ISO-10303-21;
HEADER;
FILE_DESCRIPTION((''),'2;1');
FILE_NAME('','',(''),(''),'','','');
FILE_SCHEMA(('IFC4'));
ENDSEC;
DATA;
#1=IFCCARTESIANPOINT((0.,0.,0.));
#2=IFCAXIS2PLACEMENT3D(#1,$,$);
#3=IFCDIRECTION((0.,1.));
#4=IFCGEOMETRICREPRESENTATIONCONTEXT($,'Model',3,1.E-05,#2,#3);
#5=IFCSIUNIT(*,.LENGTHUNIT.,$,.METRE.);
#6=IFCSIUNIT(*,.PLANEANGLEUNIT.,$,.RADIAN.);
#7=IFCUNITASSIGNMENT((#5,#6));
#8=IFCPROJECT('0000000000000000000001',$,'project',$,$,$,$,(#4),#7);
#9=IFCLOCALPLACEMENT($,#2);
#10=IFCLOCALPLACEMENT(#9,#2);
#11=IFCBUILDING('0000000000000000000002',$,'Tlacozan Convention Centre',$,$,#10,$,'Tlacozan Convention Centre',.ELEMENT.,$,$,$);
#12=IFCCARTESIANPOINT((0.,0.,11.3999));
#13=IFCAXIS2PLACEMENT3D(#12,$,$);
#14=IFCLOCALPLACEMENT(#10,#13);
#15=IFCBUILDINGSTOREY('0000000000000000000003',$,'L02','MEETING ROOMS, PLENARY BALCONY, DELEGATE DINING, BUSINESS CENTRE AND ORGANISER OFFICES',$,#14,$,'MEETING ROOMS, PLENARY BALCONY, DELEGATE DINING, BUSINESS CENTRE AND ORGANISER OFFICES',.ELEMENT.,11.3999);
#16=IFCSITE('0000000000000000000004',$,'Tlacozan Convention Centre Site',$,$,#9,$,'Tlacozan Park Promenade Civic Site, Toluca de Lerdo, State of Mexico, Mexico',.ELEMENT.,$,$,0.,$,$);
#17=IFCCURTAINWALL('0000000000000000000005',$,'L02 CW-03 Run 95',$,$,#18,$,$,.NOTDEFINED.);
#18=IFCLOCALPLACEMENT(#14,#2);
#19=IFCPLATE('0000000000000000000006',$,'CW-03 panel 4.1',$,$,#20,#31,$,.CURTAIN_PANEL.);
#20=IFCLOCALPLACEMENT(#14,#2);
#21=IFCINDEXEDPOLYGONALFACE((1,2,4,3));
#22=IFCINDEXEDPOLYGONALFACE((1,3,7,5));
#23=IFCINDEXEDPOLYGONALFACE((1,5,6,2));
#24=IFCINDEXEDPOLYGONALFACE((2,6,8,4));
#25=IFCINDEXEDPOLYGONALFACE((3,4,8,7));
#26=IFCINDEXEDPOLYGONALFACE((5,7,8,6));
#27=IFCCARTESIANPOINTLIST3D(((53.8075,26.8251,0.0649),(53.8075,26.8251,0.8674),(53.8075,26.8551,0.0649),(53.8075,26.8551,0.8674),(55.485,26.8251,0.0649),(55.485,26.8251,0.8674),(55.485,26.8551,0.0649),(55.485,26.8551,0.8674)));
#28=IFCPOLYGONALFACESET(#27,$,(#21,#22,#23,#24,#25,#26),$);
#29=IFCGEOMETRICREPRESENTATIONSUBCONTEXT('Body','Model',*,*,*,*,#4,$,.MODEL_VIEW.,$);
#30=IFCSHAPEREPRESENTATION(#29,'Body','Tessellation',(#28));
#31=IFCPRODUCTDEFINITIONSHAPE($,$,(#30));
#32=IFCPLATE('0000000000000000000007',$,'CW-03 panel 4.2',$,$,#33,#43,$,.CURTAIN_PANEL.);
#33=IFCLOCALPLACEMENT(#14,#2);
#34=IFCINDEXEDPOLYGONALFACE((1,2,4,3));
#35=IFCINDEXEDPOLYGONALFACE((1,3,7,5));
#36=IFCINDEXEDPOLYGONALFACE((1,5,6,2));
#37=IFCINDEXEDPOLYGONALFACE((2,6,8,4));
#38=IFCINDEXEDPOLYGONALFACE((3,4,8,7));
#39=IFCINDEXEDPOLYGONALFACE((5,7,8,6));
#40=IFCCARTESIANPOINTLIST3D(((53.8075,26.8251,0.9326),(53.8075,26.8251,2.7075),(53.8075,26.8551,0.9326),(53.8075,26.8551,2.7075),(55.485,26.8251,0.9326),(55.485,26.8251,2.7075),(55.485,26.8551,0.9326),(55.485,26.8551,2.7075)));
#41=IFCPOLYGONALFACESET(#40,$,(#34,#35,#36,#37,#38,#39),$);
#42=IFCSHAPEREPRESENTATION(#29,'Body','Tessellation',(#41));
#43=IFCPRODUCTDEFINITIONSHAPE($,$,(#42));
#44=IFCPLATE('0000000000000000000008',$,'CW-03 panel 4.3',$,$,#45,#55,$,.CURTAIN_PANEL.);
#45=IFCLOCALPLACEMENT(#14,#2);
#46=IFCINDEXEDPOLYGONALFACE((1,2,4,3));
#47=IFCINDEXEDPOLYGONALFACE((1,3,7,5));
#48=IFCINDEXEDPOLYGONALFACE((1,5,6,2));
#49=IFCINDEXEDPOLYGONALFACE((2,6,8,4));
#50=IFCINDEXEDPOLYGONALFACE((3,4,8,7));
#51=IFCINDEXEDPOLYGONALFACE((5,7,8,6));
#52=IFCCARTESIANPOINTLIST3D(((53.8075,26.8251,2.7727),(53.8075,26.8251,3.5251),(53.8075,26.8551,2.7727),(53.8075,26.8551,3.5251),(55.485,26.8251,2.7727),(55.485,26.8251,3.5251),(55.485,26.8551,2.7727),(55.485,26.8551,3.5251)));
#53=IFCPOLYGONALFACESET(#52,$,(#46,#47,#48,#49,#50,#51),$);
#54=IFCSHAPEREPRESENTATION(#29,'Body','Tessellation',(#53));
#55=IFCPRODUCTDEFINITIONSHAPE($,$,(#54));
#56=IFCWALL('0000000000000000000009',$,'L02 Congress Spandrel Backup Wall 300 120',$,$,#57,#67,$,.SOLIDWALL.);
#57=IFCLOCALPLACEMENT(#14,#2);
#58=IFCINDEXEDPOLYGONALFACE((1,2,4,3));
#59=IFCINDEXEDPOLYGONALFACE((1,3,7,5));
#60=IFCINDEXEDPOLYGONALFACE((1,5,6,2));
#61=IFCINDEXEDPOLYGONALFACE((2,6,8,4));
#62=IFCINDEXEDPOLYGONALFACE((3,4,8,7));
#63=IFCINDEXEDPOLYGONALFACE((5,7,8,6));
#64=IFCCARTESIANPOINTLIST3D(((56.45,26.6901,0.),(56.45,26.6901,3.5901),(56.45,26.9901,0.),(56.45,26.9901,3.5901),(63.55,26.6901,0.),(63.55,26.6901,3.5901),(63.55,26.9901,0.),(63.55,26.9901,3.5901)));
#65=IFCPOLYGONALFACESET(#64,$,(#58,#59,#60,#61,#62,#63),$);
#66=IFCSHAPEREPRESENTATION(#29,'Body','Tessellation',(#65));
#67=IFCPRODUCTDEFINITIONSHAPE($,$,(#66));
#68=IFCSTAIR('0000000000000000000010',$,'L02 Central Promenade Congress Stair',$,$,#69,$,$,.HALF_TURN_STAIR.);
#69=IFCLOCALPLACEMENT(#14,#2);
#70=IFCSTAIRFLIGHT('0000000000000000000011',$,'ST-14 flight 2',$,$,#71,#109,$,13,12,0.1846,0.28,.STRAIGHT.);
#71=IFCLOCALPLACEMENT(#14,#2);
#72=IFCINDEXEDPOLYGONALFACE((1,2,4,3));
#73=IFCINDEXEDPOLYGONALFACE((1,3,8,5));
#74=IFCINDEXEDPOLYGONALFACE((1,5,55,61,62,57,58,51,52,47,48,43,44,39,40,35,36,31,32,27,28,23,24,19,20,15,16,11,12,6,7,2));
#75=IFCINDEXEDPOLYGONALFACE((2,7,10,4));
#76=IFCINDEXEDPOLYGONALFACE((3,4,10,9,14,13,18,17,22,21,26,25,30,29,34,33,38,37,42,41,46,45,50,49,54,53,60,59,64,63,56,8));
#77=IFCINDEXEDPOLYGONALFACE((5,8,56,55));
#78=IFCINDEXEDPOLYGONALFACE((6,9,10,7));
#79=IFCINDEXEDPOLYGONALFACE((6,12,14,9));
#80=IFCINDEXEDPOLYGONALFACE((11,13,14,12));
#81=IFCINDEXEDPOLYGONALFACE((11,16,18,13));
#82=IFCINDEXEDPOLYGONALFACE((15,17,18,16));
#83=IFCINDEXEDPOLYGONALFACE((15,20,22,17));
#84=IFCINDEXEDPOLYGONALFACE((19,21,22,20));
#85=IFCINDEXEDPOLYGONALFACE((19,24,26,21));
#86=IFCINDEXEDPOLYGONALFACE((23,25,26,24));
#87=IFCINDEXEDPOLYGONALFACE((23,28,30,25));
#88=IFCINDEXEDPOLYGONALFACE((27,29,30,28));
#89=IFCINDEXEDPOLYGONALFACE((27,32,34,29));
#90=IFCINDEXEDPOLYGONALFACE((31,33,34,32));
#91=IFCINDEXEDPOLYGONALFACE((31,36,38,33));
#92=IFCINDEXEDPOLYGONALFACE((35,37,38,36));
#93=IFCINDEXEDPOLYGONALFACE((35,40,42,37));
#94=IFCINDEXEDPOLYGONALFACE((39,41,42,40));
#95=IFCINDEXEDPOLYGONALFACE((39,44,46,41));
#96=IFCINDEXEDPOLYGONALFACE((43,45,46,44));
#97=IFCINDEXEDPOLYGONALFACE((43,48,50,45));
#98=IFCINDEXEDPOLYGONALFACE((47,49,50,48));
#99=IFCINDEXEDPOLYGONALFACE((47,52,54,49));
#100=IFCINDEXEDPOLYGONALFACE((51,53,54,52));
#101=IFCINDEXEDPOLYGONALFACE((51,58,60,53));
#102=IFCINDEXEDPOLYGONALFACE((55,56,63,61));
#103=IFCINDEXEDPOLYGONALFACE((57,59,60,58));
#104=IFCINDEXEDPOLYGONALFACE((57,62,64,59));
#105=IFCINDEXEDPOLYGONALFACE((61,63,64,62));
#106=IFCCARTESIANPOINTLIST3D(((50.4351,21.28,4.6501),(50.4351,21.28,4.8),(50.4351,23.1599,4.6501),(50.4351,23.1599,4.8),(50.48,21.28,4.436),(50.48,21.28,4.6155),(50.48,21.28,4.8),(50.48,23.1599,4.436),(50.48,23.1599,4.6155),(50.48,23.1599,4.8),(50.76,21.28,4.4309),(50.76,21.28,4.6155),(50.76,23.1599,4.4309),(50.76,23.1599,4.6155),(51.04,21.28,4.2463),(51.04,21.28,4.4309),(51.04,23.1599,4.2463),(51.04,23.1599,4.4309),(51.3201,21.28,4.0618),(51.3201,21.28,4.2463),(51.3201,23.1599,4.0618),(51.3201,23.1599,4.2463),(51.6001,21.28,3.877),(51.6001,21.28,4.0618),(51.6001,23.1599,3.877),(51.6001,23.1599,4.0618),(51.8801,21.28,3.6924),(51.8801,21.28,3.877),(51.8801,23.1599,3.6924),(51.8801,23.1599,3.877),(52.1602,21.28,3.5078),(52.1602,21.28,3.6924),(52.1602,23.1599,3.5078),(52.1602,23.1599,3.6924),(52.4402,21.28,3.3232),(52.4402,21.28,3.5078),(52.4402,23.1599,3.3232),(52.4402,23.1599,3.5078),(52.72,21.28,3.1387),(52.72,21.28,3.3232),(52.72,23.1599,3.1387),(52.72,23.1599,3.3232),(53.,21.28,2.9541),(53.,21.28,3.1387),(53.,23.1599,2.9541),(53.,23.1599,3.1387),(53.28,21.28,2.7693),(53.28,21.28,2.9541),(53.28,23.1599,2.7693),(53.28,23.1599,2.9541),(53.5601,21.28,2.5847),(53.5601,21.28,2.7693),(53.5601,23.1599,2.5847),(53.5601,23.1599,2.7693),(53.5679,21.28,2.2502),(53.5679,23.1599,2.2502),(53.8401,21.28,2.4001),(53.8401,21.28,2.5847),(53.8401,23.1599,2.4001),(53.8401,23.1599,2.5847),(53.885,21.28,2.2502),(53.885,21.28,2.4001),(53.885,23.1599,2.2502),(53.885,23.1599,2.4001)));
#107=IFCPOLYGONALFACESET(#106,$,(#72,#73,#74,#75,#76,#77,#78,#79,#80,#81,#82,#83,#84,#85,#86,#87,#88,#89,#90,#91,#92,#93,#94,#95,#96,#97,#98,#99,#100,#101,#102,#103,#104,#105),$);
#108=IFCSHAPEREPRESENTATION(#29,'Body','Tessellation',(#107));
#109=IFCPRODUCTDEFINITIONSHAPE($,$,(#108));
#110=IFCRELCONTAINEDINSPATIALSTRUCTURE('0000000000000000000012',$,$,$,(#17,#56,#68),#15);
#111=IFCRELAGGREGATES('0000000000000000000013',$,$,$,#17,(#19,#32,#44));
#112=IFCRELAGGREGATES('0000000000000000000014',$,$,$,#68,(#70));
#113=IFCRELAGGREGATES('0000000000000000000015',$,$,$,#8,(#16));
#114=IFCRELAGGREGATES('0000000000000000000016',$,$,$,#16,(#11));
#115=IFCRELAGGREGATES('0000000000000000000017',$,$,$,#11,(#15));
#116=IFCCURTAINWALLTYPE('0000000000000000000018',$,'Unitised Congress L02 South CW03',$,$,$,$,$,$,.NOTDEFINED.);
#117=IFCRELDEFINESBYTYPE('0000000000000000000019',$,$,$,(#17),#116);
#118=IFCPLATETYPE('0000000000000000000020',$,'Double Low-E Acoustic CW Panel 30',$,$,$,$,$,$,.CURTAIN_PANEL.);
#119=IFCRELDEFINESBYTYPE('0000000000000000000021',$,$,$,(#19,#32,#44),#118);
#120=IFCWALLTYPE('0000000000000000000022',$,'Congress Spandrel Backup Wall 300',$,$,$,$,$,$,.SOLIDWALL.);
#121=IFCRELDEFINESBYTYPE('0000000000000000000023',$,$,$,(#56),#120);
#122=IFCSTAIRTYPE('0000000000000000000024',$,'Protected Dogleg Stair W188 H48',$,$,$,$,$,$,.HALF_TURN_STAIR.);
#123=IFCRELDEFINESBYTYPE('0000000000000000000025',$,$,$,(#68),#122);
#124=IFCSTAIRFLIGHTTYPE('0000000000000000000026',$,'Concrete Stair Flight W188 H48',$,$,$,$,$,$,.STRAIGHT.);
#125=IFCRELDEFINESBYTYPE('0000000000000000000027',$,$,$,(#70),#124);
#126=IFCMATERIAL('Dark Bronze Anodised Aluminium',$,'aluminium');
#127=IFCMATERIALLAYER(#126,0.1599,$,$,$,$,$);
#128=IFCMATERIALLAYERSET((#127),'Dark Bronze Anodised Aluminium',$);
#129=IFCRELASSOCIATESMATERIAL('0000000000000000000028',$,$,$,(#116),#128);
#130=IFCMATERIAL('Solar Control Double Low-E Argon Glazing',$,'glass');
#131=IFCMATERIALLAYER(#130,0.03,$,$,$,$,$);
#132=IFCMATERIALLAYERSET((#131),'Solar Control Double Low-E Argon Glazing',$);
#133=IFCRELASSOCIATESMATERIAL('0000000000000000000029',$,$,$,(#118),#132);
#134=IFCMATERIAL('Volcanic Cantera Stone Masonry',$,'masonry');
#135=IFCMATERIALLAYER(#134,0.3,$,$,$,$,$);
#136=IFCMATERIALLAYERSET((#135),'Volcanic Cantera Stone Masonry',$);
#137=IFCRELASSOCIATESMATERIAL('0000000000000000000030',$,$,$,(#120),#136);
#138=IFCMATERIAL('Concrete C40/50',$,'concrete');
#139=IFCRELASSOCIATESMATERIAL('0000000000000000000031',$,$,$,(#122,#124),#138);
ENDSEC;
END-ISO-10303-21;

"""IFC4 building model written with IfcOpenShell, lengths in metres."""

from ifc_helpers import new_model, si_unit, direction, frame, frame_2d, origin, origin_2d, place, context, subcontext, project, spatial, polyline, rectangle, outline, extrude, material, layer, layer_set, type_object, element, aggregate, save


model = new_model("IFC4")

# Units and contexts
model_context = context("Model", 3, precision=1e-05, world=origin(), true_north=direction((0.0, 1.0)))
body_context = subcontext(model_context, "Body", "Model", "MODEL_VIEW")
ifc_project = project(units=[si_unit("LENGTHUNIT", "METRE"), si_unit("PLANEANGLEUNIT", "RADIAN")], contexts=[model_context])

# Site, building, storey
site_placement = place(None, origin())
site = spatial("IfcSite", under=ifc_project, at=site_placement, Name="Tlacozan Convention Centre Site", LongName="Tlacozan Park Promenade Civic Site, Toluca de Lerdo, State of Mexico, Mexico", CompositionType="ELEMENT", RefElevation=0.0)
building_placement = place(site_placement, origin())
building = spatial("IfcBuilding", under=site, at=building_placement, Name="Tlacozan Convention Centre", LongName="Tlacozan Convention Centre", CompositionType="ELEMENT")
storey_placement = place(building_placement, frame((0.0, 0.0, 11.3999)))
storey = spatial("IfcBuildingStorey", under=building, at=storey_placement, Name="L02", Description="MEETING ROOMS, PLENARY BALCONY, DELEGATE DINING, BUSINESS CENTRE AND ORGANISER OFFICES", LongName="MEETING ROOMS, PLENARY BALCONY, DELEGATE DINING, BUSINESS CENTRE AND ORGANISER OFFICES", CompositionType="ELEMENT", Elevation=11.3999)

# Shared definitions
ifc_material_1 = material(Name="Concrete C40/50", Category="concrete")

# Curtain wall
ifc_material_2 = material(Name="Dark Bronze Anodised Aluminium", Category="aluminium")
ifc_layer_1 = layer(ifc_material_2, 0.1599)
ifc_layer_set_1 = layer_set([ifc_layer_1], Name="Dark Bronze Anodised Aluminium")
curtain_wall_type = type_object("IfcCurtainWallType", Name="Unitised Congress L02 South CW03", PredefinedType="NOTDEFINED", material=ifc_layer_set_1)
curtain_wall_placement = place(storey_placement, origin())
curtain_wall = element("IfcCurtainWall", 1, at=curtain_wall_placement, inside=storey, type_object=curtain_wall_type, Name="L02 CW-03 Run 95", PredefinedType="NOTDEFINED")

# Plates
ifc_material_3 = material(Name="Solar Control Double Low-E Argon Glazing", Category="glass")
ifc_layer_2 = layer(ifc_material_3, 0.03)
ifc_layer_set_2 = layer_set([ifc_layer_2], Name="Solar Control Double Low-E Argon Glazing")
plate_type = type_object("IfcPlateType", Name="Double Low-E Acoustic CW Panel 30", PredefinedType="CURTAIN_PANEL", material=ifc_layer_set_2)
plate_1_placement = place(storey_placement, frame((54.6462, 26.8401, 0.0649), z_axis=(0.0, 0.0, 1.0), x_axis=(1.0, 0.0, 0.0)))
plate_1 = element("IfcPlate", 2, at=plate_1_placement, type_object=plate_type, Name="CW-03 panel 4.1", PredefinedType="CURTAIN_PANEL", context=body_context, shape_type="SweptSolid", body=[
    extrude(rectangle(XDim=1.6775, YDim=0.03, at=origin_2d()), origin(), (0.0, 0.0, 1.0), 0.8025),
])
plate_2_placement = place(storey_placement, frame((54.6462, 26.8401, 0.9326), z_axis=(0.0, 0.0, 1.0), x_axis=(1.0, 0.0, 0.0)))
plate_2 = element("IfcPlate", 3, at=plate_2_placement, type_object=plate_type, Name="CW-03 panel 4.2", PredefinedType="CURTAIN_PANEL", context=body_context, shape_type="SweptSolid", body=[
    extrude(rectangle(XDim=1.6775, YDim=0.03, at=origin_2d()), origin(), (0.0, 0.0, 1.0), 1.7749),
])
plate_3_placement = place(storey_placement, frame((54.6462, 26.8401, 2.7727), z_axis=(0.0, 0.0, 1.0), x_axis=(1.0, 0.0, 0.0)))
plate_3 = element("IfcPlate", 4, at=plate_3_placement, type_object=plate_type, Name="CW-03 panel 4.3", PredefinedType="CURTAIN_PANEL", context=body_context, shape_type="SweptSolid", body=[
    extrude(rectangle(XDim=1.6775, YDim=0.03, at=origin_2d()), origin(), (0.0, 0.0, 1.0), 0.7524),
])
aggregate(curtain_wall, [plate_1, plate_2, plate_3])

# Wall
ifc_material_4 = material(Name="Volcanic Cantera Stone Masonry", Category="masonry")
ifc_layer_3 = layer(ifc_material_4, 0.3)
ifc_layer_set_3 = layer_set([ifc_layer_3], Name="Volcanic Cantera Stone Masonry")
wall_type = type_object("IfcWallType", Name="Congress Spandrel Backup Wall 300", PredefinedType="SOLIDWALL", material=ifc_layer_set_3)
wall_placement = place(storey_placement, frame((56.45, 26.8401, 0.0), z_axis=(0.0, 0.0, 1.0), x_axis=(1.0, 0.0, 0.0)))
element("IfcWall", 5, at=wall_placement, inside=storey, type_object=wall_type, Name="L02 Congress Spandrel Backup Wall 300 120", PredefinedType="SOLIDWALL", context=body_context, shape_type="SweptSolid", body=[
    extrude(rectangle(XDim=7.1001, YDim=0.3, at=frame_2d((3.55, 0.0))), origin(), (0.0, 0.0, 1.0), 3.5901),
])

# Stair, stair flight
stair_type = type_object("IfcStairType", Name="Protected Dogleg Stair W188 H48", PredefinedType="HALF_TURN_STAIR", material=ifc_material_1)
stair_placement = place(storey_placement, origin())
stair = element("IfcStair", 6, at=stair_placement, inside=storey, type_object=stair_type, Name="L02 Central Promenade Congress Stair", PredefinedType="HALF_TURN_STAIR")
stair_flight_type = type_object("IfcStairFlightType", Name="Concrete Stair Flight W188 H48", PredefinedType="STRAIGHT", material=ifc_material_1)
stair_flight_placement = place(storey_placement, frame((53.8401, 22.22, 2.4001), z_axis=(0.0, 0.0, 1.0), x_axis=(-1.0, 0.0, 0.0)))
stair_flight = element("IfcStairFlight", 7, at=stair_flight_placement, type_object=stair_flight_type, Name="ST-14 flight 2", NumberOfRisers=13, NumberOfTreads=12, PredefinedType="STRAIGHT", RiserHeight=0.1846, TreadLength=0.28, context=body_context, shape_type="SweptSolid", body=[
    extrude(outline(polyline([(-0.0449, -0.1499), (-0.0449, 0.0), (0.0, 0.0), (0.0, 0.1846), (0.28, 0.1846), (0.28, 0.3691), (0.5601, 0.3691), (0.5601, 0.554), (0.8401, 0.554), (0.8401, 0.7385), (1.1201, 0.7385), (1.1201, 0.9231), (1.3999, 0.9231), (1.3999, 1.1077), (1.6799, 1.1077), (1.6799, 1.2922), (1.96, 1.2922), (1.96, 1.4768), (2.24, 1.4768), (2.24, 1.6616), (2.52, 1.6616), (2.52, 1.8462), (2.8, 1.8462), (2.8, 2.0308), (3.0801, 2.0308), (3.0801, 2.2153), (3.3601, 2.2153), (3.3601, 2.3999), (3.405, 2.3999), (3.405, 2.25), (3.3601, 2.0359), (0.2722, -0.1499), (-0.0449, -0.1499)])), frame((0.0, 0.9399, 0.0), z_axis=(0.0, -1.0, 0.0), x_axis=(1.0, 0.0, 0.0)), (0.0, 0.0, 1.0), 1.8799),
])
aggregate(stair, [stair_flight])

save(model, "model.ifc")
